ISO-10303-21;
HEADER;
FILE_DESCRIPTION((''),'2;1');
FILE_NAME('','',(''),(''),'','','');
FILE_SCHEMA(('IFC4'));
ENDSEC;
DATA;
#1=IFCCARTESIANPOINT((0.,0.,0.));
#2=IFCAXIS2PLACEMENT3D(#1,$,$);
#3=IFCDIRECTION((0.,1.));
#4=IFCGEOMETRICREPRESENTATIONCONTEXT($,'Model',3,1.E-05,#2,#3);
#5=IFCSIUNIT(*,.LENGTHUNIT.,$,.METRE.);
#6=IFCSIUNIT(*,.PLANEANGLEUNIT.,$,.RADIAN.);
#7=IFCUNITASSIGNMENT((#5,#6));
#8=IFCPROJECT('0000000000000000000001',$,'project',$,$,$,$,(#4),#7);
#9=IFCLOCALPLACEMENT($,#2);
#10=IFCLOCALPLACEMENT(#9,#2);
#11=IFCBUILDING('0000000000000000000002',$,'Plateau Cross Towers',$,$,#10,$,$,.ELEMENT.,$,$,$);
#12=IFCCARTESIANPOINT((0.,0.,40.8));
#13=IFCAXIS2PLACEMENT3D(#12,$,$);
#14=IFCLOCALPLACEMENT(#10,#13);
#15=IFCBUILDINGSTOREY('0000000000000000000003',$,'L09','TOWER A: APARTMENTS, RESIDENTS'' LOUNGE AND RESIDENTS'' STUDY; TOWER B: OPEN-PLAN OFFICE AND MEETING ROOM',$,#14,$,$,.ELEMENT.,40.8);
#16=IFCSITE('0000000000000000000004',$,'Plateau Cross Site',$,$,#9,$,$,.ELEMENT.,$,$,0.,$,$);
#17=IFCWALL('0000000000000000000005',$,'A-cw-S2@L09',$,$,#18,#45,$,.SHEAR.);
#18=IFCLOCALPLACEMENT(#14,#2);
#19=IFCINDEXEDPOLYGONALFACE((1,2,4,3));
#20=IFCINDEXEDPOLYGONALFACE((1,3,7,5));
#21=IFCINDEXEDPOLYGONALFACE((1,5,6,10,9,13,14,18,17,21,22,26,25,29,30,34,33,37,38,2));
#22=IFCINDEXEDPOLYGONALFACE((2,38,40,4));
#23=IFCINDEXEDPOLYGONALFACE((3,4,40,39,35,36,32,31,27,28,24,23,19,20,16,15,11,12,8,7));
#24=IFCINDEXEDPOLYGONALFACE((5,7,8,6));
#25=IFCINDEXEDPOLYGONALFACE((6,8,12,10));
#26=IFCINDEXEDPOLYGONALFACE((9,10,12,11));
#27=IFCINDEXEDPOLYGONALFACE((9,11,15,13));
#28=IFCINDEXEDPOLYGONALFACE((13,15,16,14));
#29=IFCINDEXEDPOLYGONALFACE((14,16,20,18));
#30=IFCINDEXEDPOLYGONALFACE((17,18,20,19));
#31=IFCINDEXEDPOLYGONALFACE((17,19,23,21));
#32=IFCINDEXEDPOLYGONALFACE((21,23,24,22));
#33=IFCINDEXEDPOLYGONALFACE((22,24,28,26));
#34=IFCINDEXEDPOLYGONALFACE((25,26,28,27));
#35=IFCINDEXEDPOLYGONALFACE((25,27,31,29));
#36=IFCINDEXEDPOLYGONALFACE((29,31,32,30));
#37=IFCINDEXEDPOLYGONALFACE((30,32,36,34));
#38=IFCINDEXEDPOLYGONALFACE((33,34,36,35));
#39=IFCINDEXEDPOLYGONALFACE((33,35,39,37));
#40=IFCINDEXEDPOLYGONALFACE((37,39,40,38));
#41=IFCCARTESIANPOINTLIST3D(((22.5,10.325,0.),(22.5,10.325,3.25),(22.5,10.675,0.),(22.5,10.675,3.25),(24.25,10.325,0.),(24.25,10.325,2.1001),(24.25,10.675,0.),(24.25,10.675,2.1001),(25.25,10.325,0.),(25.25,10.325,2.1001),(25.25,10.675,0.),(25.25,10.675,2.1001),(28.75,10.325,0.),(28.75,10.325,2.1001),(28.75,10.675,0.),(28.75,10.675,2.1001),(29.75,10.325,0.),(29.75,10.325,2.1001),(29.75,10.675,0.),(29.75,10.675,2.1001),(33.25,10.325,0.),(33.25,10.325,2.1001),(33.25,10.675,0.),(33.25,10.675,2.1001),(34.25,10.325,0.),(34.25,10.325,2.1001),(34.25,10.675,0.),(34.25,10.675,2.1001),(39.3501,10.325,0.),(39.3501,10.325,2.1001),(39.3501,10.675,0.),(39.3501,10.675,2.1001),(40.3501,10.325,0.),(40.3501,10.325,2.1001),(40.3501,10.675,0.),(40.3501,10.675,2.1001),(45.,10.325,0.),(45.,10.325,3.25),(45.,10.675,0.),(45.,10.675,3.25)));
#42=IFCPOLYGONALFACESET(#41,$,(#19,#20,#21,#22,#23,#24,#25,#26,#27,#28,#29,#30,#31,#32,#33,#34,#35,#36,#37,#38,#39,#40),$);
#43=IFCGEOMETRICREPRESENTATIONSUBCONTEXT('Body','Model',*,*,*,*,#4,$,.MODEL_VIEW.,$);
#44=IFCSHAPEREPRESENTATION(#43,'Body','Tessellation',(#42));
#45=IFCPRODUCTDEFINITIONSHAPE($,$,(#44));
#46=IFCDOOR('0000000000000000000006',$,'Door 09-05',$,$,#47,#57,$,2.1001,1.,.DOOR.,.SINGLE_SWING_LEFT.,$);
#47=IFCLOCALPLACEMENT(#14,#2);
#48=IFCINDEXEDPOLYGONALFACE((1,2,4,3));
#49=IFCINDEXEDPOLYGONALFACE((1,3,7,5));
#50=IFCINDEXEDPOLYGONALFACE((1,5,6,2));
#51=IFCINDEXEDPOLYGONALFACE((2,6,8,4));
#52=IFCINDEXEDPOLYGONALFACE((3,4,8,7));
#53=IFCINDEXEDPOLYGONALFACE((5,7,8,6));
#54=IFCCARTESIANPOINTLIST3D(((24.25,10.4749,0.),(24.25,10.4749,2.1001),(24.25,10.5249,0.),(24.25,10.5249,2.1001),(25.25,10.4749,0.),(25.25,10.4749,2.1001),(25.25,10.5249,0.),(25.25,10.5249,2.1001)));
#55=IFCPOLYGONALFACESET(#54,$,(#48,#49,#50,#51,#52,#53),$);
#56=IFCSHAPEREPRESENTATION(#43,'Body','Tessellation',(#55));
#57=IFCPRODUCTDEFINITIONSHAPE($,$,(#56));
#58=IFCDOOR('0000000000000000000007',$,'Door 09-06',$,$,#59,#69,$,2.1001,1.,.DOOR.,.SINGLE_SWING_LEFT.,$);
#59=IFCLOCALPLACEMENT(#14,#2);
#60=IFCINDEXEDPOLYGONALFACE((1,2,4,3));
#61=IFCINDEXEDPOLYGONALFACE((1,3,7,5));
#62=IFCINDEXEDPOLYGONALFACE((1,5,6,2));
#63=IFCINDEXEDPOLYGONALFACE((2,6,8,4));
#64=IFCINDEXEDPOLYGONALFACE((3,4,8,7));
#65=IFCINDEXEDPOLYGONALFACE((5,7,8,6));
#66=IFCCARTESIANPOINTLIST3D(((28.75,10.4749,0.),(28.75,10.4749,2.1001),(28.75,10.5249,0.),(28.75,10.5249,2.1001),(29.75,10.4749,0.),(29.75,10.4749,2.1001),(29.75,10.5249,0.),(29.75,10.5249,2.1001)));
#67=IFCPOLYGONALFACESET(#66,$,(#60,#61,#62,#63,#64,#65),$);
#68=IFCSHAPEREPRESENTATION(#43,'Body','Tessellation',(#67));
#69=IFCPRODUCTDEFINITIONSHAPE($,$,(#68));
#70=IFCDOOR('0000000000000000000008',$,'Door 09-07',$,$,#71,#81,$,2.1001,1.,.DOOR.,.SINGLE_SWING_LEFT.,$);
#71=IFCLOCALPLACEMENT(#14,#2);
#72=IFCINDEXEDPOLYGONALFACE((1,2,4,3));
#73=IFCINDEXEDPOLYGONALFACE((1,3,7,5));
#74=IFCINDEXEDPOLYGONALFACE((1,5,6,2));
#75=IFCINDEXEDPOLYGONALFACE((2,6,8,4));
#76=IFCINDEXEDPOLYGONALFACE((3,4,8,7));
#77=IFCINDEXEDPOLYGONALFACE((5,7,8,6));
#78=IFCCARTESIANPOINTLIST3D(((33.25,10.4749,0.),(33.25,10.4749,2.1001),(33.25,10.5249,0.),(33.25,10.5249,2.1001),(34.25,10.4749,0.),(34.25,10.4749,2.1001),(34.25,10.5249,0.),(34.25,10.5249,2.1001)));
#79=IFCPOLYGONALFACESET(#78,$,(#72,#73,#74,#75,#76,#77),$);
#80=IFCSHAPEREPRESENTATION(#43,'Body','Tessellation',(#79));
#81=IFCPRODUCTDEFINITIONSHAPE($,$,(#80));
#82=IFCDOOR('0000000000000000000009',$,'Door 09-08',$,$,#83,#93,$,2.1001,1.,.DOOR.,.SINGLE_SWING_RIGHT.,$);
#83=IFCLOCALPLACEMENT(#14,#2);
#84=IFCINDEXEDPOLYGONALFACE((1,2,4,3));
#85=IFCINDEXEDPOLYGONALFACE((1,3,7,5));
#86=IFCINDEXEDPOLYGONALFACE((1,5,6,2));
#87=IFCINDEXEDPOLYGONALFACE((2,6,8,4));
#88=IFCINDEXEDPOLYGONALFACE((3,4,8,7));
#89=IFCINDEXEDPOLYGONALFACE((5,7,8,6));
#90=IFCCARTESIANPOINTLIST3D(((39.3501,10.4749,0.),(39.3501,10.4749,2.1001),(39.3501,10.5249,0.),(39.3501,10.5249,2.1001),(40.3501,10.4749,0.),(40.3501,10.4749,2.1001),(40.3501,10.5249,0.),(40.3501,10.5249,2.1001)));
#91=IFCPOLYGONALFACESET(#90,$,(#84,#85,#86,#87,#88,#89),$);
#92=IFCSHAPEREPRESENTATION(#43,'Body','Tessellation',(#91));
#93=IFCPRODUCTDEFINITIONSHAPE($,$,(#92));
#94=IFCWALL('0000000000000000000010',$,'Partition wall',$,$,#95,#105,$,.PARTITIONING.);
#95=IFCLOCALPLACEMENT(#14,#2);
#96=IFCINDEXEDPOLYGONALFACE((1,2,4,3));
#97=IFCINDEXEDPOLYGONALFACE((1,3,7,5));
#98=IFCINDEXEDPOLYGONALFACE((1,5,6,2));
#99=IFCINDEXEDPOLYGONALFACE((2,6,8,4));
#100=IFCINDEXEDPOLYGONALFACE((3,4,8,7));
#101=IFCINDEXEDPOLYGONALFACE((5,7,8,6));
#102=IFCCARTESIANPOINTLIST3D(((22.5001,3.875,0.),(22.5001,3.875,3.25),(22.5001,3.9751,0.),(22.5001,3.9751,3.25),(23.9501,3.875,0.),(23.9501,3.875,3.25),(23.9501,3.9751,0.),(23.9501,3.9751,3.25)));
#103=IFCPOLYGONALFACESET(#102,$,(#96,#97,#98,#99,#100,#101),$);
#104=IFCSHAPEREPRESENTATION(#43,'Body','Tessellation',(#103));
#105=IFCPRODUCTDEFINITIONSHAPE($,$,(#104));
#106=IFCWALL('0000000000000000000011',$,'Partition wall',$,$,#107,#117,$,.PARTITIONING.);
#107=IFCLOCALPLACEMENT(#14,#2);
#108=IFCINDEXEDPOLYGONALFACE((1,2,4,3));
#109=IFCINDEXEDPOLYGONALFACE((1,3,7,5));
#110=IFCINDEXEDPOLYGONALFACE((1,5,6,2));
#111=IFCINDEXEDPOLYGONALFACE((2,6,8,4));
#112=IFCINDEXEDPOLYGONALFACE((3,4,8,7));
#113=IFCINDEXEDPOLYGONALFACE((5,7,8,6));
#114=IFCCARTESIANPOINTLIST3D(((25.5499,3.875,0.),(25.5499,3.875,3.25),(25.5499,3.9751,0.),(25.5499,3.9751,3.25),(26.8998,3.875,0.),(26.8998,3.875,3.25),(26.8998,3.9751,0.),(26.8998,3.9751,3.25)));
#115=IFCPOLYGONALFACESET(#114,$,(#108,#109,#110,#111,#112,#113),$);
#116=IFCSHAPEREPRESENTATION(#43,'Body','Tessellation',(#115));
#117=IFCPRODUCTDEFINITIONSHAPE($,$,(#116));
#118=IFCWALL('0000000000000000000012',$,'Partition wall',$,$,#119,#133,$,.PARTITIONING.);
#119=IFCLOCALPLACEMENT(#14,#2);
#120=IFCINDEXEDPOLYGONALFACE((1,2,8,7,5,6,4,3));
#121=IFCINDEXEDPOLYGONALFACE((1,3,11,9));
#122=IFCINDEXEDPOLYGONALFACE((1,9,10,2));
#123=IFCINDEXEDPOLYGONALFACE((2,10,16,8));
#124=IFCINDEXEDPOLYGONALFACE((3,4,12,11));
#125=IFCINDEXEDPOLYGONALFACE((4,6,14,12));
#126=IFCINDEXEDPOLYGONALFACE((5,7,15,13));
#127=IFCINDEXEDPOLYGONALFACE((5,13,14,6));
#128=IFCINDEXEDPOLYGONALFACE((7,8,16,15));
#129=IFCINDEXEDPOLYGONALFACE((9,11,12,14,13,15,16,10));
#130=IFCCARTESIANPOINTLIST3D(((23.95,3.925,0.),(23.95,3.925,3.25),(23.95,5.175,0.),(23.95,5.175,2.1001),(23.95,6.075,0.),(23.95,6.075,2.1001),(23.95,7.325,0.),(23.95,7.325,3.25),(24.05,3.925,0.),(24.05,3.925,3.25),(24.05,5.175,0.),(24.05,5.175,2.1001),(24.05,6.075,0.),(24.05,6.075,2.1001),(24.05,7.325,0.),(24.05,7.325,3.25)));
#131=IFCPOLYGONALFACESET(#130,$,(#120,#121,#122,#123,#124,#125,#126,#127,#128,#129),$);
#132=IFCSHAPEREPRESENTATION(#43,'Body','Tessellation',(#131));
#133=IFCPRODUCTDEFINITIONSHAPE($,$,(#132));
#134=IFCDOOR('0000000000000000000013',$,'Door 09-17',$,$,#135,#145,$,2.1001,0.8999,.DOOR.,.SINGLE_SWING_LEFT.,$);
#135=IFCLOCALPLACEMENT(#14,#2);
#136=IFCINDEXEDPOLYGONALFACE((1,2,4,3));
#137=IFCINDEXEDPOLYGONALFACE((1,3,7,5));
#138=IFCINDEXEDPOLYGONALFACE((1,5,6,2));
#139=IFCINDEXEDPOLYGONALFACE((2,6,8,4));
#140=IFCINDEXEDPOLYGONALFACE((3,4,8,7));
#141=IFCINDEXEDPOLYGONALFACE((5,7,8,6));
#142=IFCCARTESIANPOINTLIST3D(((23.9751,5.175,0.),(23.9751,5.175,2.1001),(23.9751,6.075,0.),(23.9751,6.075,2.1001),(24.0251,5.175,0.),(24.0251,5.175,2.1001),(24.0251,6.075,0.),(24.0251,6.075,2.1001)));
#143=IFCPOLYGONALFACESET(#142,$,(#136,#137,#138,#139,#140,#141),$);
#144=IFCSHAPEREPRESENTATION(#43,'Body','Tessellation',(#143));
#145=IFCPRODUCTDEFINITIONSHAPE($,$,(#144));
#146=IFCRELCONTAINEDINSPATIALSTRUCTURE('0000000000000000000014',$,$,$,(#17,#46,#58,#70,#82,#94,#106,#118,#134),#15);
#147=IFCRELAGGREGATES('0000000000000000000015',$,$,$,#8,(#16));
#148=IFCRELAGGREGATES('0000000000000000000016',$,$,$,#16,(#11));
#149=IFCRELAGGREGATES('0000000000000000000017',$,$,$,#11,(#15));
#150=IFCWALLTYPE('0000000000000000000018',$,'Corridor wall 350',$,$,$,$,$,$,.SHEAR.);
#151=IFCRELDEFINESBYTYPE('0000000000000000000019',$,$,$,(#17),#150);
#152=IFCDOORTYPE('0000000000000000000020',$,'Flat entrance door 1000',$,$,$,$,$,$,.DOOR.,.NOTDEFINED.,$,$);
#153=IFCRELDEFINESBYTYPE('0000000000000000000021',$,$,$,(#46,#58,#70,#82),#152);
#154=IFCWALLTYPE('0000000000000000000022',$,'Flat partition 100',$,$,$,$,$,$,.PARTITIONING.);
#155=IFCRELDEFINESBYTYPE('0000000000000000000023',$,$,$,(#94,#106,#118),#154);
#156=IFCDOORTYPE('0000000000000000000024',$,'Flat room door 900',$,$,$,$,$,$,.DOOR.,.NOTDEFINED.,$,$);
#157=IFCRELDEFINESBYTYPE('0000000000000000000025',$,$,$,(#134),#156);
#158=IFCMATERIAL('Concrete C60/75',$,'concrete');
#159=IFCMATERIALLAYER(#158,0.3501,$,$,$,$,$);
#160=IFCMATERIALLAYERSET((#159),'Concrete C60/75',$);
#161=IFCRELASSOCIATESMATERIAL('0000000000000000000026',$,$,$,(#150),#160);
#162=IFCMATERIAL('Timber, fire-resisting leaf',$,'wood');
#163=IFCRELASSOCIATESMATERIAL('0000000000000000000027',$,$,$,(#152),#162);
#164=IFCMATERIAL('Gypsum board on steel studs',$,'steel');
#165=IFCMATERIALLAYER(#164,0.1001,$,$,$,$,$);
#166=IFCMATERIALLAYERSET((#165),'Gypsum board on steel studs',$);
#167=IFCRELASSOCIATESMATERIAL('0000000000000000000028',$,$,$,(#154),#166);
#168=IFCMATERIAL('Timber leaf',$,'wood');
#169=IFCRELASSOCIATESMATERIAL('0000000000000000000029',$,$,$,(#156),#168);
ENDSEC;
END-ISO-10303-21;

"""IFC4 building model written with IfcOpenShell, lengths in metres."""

from ifc_helpers import new_model, si_unit, direction, frame, frame_2d, origin, place, context, subcontext, project, spatial, rectangle, extrude, material, layer, layer_set, type_object, element, fill, save


model = new_model("IFC4")

# Units and contexts
model_context = context("Model", 3, precision=1e-05, world=origin(), true_north=direction((0.0, 1.0)))
body_context = subcontext(model_context, "Body", "Model", "MODEL_VIEW")
ifc_project = project(units=[si_unit("LENGTHUNIT", "METRE"), si_unit("PLANEANGLEUNIT", "RADIAN")], contexts=[model_context])

# Site, building, storey
site_placement = place(None, origin())
site = spatial("IfcSite", under=ifc_project, at=site_placement, Name="Plateau Cross Site", CompositionType="ELEMENT", RefElevation=0.0)
building_placement = place(site_placement, origin())
building = spatial("IfcBuilding", under=site, at=building_placement, Name="Plateau Cross Towers", CompositionType="ELEMENT")
storey_placement = place(building_placement, frame((0.0, 0.0, 40.8)))
storey = spatial("IfcBuildingStorey", under=building, at=storey_placement, Name="L09", Description="TOWER A: APARTMENTS, RESIDENTS' LOUNGE AND RESIDENTS' STUDY; TOWER B: OPEN-PLAN OFFICE AND MEETING ROOM", CompositionType="ELEMENT", Elevation=40.8)

# Shared definitions
ifc_material_1 = material(Name="Timber, fire-resisting leaf", Category="wood")

# Shared definitions
ifc_material_2 = material(Name="Concrete C60/75", Category="concrete")

# Wall, openings, doors
ifc_layer_1 = layer(ifc_material_2, 0.3501)
ifc_layer_set_1 = layer_set([ifc_layer_1], Name="Concrete C60/75")
wall_type_1 = type_object("IfcWallType", Name="Corridor wall 350", PredefinedType="SHEAR", material=ifc_layer_set_1)
door_type_1 = type_object("IfcDoorType", Name="Flat entrance door 1000", OperationType="NOTDEFINED", PredefinedType="DOOR", material=ifc_material_1)
wall_1_placement = place(storey_placement, frame((22.5, 10.5, 0.0), z_axis=(0.0, 0.0, 1.0), x_axis=(1.0, 0.0, 0.0)))
wall_1 = element("IfcWall", 1, at=wall_1_placement, inside=storey, type_object=wall_type_1, Name="A-cw-S2@L09", PredefinedType="SHEAR", context=body_context, shape_type="SweptSolid", body=[
    extrude(rectangle(XDim=22.5, YDim=0.3501, at=frame_2d((11.25, 0.0))), origin(), (0.0, 0.0, 1.0), 3.25),
])
opening_1_placement = place(wall_1_placement, frame((1.75, 0.0, 0.0)))
opening_1 = element("IfcOpeningElement", 2, at=opening_1_placement, cuts=wall_1, PredefinedType="OPENING", context=body_context, shape_type="SweptSolid", body=[
    extrude(rectangle(XDim=1.0, YDim=2.1001, at=frame_2d((0.5, 1.05))), frame((0.0, 0.1851, 0.0), z_axis=(0.0, -1.0, 0.0), x_axis=(1.0, 0.0, 0.0)), (0.0, 0.0, 1.0), 0.3701),
])
opening_2_placement = place(wall_1_placement, frame((6.25, 0.0, 0.0)))
opening_2 = element("IfcOpeningElement", 3, at=opening_2_placement, cuts=wall_1, PredefinedType="OPENING", context=body_context, shape_type="SweptSolid", body=[
    extrude(rectangle(XDim=1.0, YDim=2.1001, at=frame_2d((0.5, 1.05))), frame((0.0, 0.1851, 0.0), z_axis=(0.0, -1.0, 0.0), x_axis=(1.0, 0.0, 0.0)), (0.0, 0.0, 1.0), 0.3701),
])
opening_3_placement = place(wall_1_placement, frame((10.75, 0.0, 0.0)))
opening_3 = element("IfcOpeningElement", 4, at=opening_3_placement, cuts=wall_1, PredefinedType="OPENING", context=body_context, shape_type="SweptSolid", body=[
    extrude(rectangle(XDim=1.0, YDim=2.1001, at=frame_2d((0.5, 1.05))), frame((0.0, 0.1851, 0.0), z_axis=(0.0, -1.0, 0.0), x_axis=(1.0, 0.0, 0.0)), (0.0, 0.0, 1.0), 0.3701),
])
opening_4_placement = place(wall_1_placement, frame((16.8501, 0.0, 0.0)))
opening_4 = element("IfcOpeningElement", 5, at=opening_4_placement, cuts=wall_1, PredefinedType="OPENING", context=body_context, shape_type="SweptSolid", body=[
    extrude(rectangle(XDim=1.0, YDim=2.1001, at=frame_2d((0.5, 1.05))), frame((0.0, 0.1851, 0.0), z_axis=(0.0, -1.0, 0.0), x_axis=(1.0, 0.0, 0.0)), (0.0, 0.0, 1.0), 0.3701),
])
door_1_placement = place(opening_1_placement, origin())
door_1 = element("IfcDoor", 6, at=door_1_placement, inside=storey, type_object=door_type_1, Name="Door 09-05", OperationType="SINGLE_SWING_LEFT", OverallHeight=2.1001, OverallWidth=1.0, PredefinedType="DOOR", context=body_context, shape_type="SweptSolid", body=[
    extrude(rectangle(XDim=1.0, YDim=2.1001, at=frame_2d((0.5, 1.05))), frame((0.0, 0.0249, 0.0), z_axis=(0.0, -1.0, 0.0), x_axis=(1.0, 0.0, 0.0)), (0.0, 0.0, 1.0), 0.05),
])
fill(opening_1, door_1)
door_2_placement = place(opening_2_placement, origin())
door_2 = element("IfcDoor", 7, at=door_2_placement, inside=storey, type_object=door_type_1, Name="Door 09-06", OperationType="SINGLE_SWING_LEFT", OverallHeight=2.1001, OverallWidth=1.0, PredefinedType="DOOR", context=body_context, shape_type="SweptSolid", body=[
    extrude(rectangle(XDim=1.0, YDim=2.1001, at=frame_2d((0.5, 1.05))), frame((0.0, 0.0249, 0.0), z_axis=(0.0, -1.0, 0.0), x_axis=(1.0, 0.0, 0.0)), (0.0, 0.0, 1.0), 0.05),
])
fill(opening_2, door_2)
door_3_placement = place(opening_3_placement, origin())
door_3 = element("IfcDoor", 8, at=door_3_placement, inside=storey, type_object=door_type_1, Name="Door 09-07", OperationType="SINGLE_SWING_LEFT", OverallHeight=2.1001, OverallWidth=1.0, PredefinedType="DOOR", context=body_context, shape_type="SweptSolid", body=[
    extrude(rectangle(XDim=1.0, YDim=2.1001, at=frame_2d((0.5, 1.05))), frame((0.0, 0.0249, 0.0), z_axis=(0.0, -1.0, 0.0), x_axis=(1.0, 0.0, 0.0)), (0.0, 0.0, 1.0), 0.05),
])
fill(opening_3, door_3)
door_4_placement = place(opening_4_placement, origin())
door_4 = element("IfcDoor", 9, at=door_4_placement, inside=storey, type_object=door_type_1, Name="Door 09-08", OperationType="SINGLE_SWING_RIGHT", OverallHeight=2.1001, OverallWidth=1.0, PredefinedType="DOOR", context=body_context, shape_type="SweptSolid", body=[
    extrude(rectangle(XDim=1.0, YDim=2.1001, at=frame_2d((0.5, 1.05))), frame((0.0, 0.0249, 0.0), z_axis=(0.0, -1.0, 0.0), x_axis=(1.0, 0.0, 0.0)), (0.0, 0.0, 1.0), 0.05),
])
fill(opening_4, door_4)

# Walls
ifc_material_3 = material(Name="Gypsum board on steel studs", Category="steel")
ifc_layer_2 = layer(ifc_material_3, 0.1001)
ifc_layer_set_2 = layer_set([ifc_layer_2], Name="Gypsum board on steel studs")
wall_type_2 = type_object("IfcWallType", Name="Flat partition 100", PredefinedType="PARTITIONING", material=ifc_layer_set_2)
wall_2_placement = place(storey_placement, frame((22.5, 3.925, 0.0), z_axis=(0.0, 0.0, 1.0), x_axis=(1.0, 0.0, 0.0)))
element("IfcWall", 10, at=wall_2_placement, inside=storey, type_object=wall_type_2, Name="Partition wall", PredefinedType="PARTITIONING", context=body_context, shape_type="SweptSolid", body=[
    extrude(rectangle(XDim=1.45, YDim=0.1001, at=frame_2d((0.7251, 0.0))), origin(), (0.0, 0.0, 1.0), 3.25),
])
wall_3_placement = place(storey_placement, frame((25.55, 3.925, 0.0), z_axis=(0.0, 0.0, 1.0), x_axis=(1.0, 0.0, 0.0)))
element("IfcWall", 11, at=wall_3_placement, inside=storey, type_object=wall_type_2, Name="Partition wall", PredefinedType="PARTITIONING", context=body_context, shape_type="SweptSolid", body=[
    extrude(rectangle(XDim=1.3499, YDim=0.1001, at=frame_2d((0.6748, 0.0))), origin(), (0.0, 0.0, 1.0), 3.25),
])

# Wall, opening, door
wall_4_placement = place(storey_placement, frame((24.0, 3.925, 0.0), z_axis=(0.0, 0.0, 1.0), x_axis=(0.0, 1.0, 0.0)))
wall_4 = element("IfcWall", 12, at=wall_4_placement, inside=storey, type_object=wall_type_2, Name="Partition wall", PredefinedType="PARTITIONING", context=body_context, shape_type="SweptSolid", body=[
    extrude(rectangle(XDim=3.3999, YDim=0.1001, at=frame_2d((1.7, 0.0))), origin(), (0.0, 0.0, 1.0), 3.25),
])
opening_5_placement = place(wall_4_placement, frame((1.25, 0.0, 0.0)))
opening_5 = element("IfcOpeningElement", 13, at=opening_5_placement, cuts=wall_4, PredefinedType="OPENING", context=body_context, shape_type="SweptSolid", body=[
    extrude(rectangle(XDim=0.8999, YDim=2.1001, at=frame_2d((0.45, 1.05))), frame((0.0, 0.0601, 0.0), z_axis=(0.0, -1.0, 0.0), x_axis=(1.0, 0.0, 0.0)), (0.0, 0.0, 1.0), 0.1201),
])
ifc_material_4 = material(Name="Timber leaf", Category="wood")
door_type_2 = type_object("IfcDoorType", Name="Flat room door 900", OperationType="NOTDEFINED", PredefinedType="DOOR", material=ifc_material_4)
door_5_placement = place(opening_5_placement, origin())
door_5 = element("IfcDoor", 14, at=door_5_placement, inside=storey, type_object=door_type_2, Name="Door 09-17", OperationType="SINGLE_SWING_LEFT", OverallHeight=2.1001, OverallWidth=0.8999, PredefinedType="DOOR", context=body_context, shape_type="SweptSolid", body=[
    extrude(rectangle(XDim=0.8999, YDim=2.1001, at=frame_2d((0.45, 1.05))), frame((0.0, 0.0249, 0.0), z_axis=(0.0, -1.0, 0.0), x_axis=(1.0, 0.0, 0.0)), (0.0, 0.0, 1.0), 0.05),
])
fill(opening_5, door_5)

save(model, "model.ifc")
